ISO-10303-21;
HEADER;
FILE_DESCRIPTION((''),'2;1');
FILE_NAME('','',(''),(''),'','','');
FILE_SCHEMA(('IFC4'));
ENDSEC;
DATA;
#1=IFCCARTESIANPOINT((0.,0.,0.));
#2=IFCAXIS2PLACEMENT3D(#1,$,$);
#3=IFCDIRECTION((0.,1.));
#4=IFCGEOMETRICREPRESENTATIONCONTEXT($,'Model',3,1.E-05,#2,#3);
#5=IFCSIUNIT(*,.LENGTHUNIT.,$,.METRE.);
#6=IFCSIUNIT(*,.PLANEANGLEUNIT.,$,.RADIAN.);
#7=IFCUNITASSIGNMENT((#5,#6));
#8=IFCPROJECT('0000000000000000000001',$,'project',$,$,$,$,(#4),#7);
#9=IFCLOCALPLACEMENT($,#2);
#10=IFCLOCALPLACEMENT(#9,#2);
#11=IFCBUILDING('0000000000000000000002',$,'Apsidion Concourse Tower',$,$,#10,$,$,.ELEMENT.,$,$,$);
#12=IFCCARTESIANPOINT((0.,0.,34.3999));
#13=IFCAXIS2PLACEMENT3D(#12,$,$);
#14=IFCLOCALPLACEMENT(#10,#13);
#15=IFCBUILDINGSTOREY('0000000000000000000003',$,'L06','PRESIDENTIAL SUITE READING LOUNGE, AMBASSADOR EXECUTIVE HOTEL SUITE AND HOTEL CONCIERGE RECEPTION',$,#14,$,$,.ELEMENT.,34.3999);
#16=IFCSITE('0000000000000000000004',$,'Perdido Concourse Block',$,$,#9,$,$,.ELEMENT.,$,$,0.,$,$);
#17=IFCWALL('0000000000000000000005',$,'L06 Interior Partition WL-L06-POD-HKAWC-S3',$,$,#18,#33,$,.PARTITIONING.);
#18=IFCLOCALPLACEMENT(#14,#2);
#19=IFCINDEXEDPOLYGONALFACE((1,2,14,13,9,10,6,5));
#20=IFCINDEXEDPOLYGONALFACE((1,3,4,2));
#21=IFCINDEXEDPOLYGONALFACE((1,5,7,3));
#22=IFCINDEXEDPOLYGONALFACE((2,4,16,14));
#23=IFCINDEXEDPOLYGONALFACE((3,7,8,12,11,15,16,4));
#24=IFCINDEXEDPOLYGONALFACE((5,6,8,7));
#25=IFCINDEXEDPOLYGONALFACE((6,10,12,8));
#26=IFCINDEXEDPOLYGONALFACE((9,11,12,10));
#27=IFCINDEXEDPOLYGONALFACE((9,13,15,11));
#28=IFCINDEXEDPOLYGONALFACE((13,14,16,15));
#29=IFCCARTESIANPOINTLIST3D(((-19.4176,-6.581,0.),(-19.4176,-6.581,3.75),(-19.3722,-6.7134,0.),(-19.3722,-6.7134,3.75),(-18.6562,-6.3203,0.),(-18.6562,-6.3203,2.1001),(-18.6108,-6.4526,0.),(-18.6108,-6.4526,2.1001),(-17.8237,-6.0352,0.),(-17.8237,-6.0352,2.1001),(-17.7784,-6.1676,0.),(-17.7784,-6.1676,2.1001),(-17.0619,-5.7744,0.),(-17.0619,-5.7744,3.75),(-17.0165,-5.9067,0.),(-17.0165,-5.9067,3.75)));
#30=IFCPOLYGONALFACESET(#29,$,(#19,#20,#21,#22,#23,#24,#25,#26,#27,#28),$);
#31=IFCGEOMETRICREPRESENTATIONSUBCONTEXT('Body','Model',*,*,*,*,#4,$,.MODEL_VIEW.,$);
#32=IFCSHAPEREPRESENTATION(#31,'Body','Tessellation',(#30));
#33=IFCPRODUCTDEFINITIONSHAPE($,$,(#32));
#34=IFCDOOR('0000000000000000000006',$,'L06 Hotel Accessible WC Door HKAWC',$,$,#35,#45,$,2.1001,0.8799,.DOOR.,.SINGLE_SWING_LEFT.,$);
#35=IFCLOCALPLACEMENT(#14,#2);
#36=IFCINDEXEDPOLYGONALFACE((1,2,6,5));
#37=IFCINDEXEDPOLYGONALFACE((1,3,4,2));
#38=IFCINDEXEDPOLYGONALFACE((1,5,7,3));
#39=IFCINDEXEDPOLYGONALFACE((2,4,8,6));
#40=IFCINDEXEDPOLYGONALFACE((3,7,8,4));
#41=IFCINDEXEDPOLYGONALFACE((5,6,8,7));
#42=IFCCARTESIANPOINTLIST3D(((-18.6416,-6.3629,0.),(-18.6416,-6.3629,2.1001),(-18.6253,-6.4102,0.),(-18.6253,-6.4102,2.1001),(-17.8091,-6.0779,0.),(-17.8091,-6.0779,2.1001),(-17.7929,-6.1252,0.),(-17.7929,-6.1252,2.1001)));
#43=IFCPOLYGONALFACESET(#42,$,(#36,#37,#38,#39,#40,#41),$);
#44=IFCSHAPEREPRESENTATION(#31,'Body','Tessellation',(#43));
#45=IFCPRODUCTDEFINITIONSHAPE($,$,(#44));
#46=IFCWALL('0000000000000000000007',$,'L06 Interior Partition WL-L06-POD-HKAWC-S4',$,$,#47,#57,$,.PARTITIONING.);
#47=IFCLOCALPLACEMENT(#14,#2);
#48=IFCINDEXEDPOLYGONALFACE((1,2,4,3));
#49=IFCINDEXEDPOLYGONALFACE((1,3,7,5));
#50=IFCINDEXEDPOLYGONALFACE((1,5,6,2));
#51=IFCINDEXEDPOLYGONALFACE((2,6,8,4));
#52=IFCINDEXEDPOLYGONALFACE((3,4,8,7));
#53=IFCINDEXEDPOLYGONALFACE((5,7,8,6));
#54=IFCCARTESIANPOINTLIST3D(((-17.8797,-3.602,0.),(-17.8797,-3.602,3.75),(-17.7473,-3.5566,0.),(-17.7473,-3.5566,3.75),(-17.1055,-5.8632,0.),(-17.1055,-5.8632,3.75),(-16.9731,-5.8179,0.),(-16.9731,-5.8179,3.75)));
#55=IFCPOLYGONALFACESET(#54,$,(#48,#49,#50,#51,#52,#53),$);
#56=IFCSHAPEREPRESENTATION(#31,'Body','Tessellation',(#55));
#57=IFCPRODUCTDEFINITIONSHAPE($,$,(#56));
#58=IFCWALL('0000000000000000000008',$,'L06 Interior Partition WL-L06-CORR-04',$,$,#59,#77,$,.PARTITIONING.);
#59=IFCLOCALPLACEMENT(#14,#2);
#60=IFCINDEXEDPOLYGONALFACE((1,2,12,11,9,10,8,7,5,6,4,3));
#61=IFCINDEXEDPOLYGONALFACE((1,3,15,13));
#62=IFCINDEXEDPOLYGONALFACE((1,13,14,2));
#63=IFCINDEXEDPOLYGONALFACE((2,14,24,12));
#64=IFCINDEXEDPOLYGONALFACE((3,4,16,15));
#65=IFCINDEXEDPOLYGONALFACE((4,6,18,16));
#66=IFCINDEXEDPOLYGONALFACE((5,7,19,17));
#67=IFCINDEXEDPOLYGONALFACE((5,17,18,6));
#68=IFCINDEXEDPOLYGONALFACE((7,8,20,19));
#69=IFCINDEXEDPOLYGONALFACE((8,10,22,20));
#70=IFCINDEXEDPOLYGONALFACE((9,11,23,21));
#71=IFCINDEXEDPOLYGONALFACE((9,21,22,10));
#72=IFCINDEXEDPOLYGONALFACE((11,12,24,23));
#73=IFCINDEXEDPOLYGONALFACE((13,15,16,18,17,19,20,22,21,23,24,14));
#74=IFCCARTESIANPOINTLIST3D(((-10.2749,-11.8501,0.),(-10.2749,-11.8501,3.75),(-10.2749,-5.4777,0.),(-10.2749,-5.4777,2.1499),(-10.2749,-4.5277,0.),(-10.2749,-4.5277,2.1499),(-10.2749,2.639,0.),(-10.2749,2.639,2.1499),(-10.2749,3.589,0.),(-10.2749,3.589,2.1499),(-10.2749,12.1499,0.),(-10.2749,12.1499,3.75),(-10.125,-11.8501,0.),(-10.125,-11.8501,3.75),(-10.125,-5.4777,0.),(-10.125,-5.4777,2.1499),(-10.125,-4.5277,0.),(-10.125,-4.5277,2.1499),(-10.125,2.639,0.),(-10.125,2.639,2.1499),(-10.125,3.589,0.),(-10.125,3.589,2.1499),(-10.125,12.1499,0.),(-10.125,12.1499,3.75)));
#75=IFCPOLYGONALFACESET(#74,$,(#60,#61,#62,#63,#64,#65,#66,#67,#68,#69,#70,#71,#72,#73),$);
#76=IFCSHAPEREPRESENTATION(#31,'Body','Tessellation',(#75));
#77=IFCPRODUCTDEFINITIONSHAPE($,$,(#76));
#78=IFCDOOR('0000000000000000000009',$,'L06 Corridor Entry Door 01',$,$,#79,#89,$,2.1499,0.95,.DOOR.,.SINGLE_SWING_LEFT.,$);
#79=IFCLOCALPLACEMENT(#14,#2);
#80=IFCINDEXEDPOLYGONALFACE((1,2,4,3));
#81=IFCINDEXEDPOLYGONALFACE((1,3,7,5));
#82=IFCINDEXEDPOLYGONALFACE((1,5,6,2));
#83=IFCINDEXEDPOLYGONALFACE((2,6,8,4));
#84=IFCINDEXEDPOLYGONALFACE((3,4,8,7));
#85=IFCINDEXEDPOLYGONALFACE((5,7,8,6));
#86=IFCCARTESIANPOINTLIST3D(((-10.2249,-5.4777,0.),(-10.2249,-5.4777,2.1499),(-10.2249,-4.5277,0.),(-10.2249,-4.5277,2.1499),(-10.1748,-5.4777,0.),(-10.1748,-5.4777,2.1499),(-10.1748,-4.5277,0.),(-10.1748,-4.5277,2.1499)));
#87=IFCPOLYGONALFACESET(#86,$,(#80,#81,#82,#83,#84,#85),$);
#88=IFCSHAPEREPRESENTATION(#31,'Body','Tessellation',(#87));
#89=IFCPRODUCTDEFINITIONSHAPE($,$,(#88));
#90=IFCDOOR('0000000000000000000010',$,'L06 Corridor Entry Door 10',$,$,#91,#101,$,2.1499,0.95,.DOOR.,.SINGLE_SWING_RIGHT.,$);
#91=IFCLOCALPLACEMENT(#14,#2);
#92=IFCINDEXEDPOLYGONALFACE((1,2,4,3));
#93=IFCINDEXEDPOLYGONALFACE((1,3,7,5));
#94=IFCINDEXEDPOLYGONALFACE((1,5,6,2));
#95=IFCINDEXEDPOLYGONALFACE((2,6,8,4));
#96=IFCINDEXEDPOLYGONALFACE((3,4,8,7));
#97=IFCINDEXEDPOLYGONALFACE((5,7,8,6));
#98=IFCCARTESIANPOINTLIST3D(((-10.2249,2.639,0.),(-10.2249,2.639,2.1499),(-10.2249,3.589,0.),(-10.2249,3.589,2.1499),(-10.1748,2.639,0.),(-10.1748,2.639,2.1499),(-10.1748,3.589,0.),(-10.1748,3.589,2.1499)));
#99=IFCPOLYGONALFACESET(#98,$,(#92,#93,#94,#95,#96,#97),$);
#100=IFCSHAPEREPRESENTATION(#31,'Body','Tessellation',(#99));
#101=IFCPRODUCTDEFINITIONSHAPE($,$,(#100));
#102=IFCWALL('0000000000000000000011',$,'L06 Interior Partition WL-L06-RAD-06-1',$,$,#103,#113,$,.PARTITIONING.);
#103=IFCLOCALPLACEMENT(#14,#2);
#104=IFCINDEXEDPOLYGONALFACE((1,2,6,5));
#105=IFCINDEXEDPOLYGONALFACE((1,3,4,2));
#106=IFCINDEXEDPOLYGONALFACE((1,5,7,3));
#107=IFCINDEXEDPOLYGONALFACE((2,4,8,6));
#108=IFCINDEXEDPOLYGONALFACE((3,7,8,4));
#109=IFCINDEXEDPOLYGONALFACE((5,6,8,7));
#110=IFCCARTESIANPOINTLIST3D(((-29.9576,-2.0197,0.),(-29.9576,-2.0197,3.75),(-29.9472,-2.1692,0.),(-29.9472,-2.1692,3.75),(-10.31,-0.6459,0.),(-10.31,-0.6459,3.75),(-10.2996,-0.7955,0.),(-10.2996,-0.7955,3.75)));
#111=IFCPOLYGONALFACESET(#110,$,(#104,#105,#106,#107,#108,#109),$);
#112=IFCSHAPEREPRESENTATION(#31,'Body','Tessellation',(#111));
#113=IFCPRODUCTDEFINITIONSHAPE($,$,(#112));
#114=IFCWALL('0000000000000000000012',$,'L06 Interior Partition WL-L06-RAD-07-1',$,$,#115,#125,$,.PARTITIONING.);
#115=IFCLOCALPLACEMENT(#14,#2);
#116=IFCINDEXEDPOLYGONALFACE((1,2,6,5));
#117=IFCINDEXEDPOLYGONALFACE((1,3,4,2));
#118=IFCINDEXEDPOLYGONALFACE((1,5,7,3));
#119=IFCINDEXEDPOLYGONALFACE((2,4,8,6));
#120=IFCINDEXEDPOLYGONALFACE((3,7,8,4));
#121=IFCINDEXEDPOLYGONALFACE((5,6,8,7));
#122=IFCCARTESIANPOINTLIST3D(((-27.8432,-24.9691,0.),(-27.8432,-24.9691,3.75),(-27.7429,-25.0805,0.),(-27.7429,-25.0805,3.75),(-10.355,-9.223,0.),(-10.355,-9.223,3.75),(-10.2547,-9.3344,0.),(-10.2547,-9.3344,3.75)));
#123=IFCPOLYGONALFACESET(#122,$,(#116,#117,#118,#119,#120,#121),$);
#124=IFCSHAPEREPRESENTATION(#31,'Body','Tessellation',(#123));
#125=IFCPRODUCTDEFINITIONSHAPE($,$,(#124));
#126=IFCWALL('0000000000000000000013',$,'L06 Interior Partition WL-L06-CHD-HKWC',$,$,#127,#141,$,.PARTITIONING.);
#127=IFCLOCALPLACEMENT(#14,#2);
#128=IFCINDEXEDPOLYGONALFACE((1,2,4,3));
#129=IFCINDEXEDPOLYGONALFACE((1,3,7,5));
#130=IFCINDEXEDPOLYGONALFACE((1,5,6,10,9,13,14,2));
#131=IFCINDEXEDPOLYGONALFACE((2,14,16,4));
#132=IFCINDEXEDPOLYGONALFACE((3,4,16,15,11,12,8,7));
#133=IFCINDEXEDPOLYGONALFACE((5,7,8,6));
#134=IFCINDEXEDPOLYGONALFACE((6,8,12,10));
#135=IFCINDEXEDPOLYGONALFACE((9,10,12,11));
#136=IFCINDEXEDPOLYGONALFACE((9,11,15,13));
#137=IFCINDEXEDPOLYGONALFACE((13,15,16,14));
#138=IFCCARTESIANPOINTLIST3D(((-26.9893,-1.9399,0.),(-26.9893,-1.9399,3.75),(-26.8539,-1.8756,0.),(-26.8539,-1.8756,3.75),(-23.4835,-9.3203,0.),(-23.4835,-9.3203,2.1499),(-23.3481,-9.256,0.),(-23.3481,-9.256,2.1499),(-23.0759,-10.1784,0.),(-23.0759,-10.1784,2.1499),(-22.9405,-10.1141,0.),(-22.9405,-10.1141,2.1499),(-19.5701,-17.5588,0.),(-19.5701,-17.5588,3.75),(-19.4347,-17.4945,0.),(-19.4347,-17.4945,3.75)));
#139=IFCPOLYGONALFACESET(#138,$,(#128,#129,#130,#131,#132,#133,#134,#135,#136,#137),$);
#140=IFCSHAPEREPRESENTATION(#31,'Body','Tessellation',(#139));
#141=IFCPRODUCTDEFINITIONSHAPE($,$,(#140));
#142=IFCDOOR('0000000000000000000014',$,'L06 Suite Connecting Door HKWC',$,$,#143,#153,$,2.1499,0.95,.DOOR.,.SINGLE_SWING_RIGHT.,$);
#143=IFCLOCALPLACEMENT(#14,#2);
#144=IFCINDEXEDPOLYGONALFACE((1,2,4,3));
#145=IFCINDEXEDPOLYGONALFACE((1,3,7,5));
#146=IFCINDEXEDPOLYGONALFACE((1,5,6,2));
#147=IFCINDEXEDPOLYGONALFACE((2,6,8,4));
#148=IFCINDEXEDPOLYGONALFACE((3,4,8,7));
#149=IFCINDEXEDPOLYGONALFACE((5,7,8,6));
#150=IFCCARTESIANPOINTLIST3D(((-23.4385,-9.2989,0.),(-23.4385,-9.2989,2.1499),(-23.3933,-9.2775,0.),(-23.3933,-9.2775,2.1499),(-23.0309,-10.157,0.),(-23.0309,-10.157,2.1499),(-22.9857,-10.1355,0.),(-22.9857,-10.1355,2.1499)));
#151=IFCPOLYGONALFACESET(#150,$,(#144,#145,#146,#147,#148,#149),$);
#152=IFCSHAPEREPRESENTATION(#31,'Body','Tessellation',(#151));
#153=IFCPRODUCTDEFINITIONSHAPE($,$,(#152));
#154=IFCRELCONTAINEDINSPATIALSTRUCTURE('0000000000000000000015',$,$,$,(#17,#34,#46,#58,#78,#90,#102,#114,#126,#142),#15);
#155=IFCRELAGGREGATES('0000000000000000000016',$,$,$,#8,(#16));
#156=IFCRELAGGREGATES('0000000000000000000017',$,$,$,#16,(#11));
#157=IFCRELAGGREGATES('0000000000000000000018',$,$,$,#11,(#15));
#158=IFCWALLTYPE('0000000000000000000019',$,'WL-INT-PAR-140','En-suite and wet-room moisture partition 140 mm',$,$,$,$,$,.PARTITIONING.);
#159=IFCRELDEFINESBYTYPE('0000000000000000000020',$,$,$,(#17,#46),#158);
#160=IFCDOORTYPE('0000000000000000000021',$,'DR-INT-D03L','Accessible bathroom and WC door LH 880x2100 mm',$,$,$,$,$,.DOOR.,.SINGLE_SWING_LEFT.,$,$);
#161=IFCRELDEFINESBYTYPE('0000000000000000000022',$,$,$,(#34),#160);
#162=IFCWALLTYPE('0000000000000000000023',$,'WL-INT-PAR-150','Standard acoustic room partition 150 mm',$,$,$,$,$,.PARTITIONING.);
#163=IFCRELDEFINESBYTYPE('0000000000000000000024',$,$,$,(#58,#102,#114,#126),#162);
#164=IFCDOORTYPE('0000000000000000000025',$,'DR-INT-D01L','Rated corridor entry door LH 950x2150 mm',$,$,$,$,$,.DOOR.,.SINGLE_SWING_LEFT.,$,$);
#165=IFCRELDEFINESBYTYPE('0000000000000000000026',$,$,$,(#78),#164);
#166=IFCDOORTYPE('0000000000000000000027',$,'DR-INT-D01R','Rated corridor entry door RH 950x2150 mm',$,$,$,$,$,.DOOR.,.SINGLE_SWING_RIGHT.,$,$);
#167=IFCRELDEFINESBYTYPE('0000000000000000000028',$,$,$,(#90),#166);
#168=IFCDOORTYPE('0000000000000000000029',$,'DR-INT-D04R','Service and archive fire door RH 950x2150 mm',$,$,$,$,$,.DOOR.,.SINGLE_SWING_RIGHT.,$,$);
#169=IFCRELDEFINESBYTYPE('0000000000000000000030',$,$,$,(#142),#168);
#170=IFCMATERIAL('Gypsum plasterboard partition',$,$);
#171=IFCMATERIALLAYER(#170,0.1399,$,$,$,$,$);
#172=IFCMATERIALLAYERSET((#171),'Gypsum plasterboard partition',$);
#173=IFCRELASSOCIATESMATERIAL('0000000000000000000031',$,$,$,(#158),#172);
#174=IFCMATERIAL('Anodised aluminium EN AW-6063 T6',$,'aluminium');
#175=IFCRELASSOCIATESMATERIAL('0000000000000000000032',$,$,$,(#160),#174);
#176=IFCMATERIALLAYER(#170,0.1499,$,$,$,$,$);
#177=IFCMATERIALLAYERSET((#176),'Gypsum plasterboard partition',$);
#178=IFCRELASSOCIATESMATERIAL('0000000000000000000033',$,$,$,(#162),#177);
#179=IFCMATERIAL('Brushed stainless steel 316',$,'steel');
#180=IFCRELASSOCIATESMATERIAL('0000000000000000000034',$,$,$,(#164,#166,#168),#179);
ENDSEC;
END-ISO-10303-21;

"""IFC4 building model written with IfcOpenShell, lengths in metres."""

from ifc_helpers import new_model, si_unit, direction, frame, frame_2d, origin, place, context, subcontext, project, spatial, rectangle, extrude, material, layer, layer_set, type_object, element, fill, save


model = new_model("IFC4")

# Units and contexts
model_context = context("Model", 3, precision=1e-05, world=origin(), true_north=direction((0.0, 1.0)))
body_context = subcontext(model_context, "Body", "Model", "MODEL_VIEW")
ifc_project = project(units=[si_unit("LENGTHUNIT", "METRE"), si_unit("PLANEANGLEUNIT", "RADIAN")], contexts=[model_context])

# Site, building, storey
site_placement = place(None, origin())
site = spatial("IfcSite", under=ifc_project, at=site_placement, Name="Perdido Concourse Block", CompositionType="ELEMENT", RefElevation=0.0)
building_placement = place(site_placement, origin())
building = spatial("IfcBuilding", under=site, at=building_placement, Name="Apsidion Concourse Tower", CompositionType="ELEMENT")
storey_placement = place(building_placement, frame((0.0, 0.0, 34.3999)))
storey = spatial("IfcBuildingStorey", under=building, at=storey_placement, Name="L06", Description="PRESIDENTIAL SUITE READING LOUNGE, AMBASSADOR EXECUTIVE HOTEL SUITE AND HOTEL CONCIERGE RECEPTION", CompositionType="ELEMENT", Elevation=34.3999)

# Shared definitions
ifc_material_1 = material(Name="Anodised aluminium EN AW-6063 T6", Category="aluminium")

# Shared definitions
ifc_material_2 = material(Name="Gypsum plasterboard partition")
ifc_layer_1 = layer(ifc_material_2, 0.1399)
ifc_layer_set_1 = layer_set([ifc_layer_1], Name="Gypsum plasterboard partition")
wall_type_1 = type_object("IfcWallType", Name="WL-INT-PAR-140", Description="En-suite and wet-room moisture partition 140 mm", PredefinedType="PARTITIONING", material=ifc_layer_set_1)

# Wall, opening, door
wall_1_placement = place(storey_placement, frame((-19.395, -6.6472, 0.0), z_axis=(0.0, 0.0, 1.0), x_axis=(0.946073, 0.323953, 0.0)))
wall_1 = element("IfcWall", 1, at=wall_1_placement, inside=storey, type_object=wall_type_1, Name="L06 Interior Partition WL-L06-POD-HKAWC-S3", PredefinedType="PARTITIONING", context=body_context, shape_type="SweptSolid", body=[
    extrude(rectangle(XDim=2.49, YDim=0.1399, at=frame_2d((1.2451, 0.0))), origin(), (0.0, 0.0, 1.0), 3.75),
])
opening_1_placement = place(wall_1_placement, frame((0.8049, 0.0, 0.0)))
opening_1 = element("IfcOpeningElement", 2, at=opening_1_placement, cuts=wall_1, PredefinedType="OPENING", context=body_context, shape_type="SweptSolid", body=[
    extrude(rectangle(XDim=0.8799, YDim=2.1001, at=frame_2d((0.4399, 1.05))), frame((0.0, 0.0801, 0.0), z_axis=(0.0, -1.0, 0.0), x_axis=(1.0, 0.0, 0.0)), (0.0, 0.0, 1.0), 0.1599),
])
door_type_1 = type_object("IfcDoorType", Name="DR-INT-D03L", Description="Accessible bathroom and WC door LH 880x2100 mm", OperationType="SINGLE_SWING_LEFT", PredefinedType="DOOR", material=ifc_material_1)
door_1_placement = place(opening_1_placement, origin())
door_1 = element("IfcDoor", 3, at=door_1_placement, inside=storey, type_object=door_type_1, Name="L06 Hotel Accessible WC Door HKAWC", OperationType="SINGLE_SWING_LEFT", OverallHeight=2.1001, OverallWidth=0.8799, PredefinedType="DOOR", context=body_context, shape_type="SweptSolid", body=[
    extrude(rectangle(XDim=0.8799, YDim=2.1001, at=frame_2d((0.4399, 1.05))), frame((0.0, 0.0249, 0.0), z_axis=(0.0, -1.0, 0.0), x_axis=(1.0, 0.0, 0.0)), (0.0, 0.0, 1.0), 0.05),
])
fill(opening_1, door_1)

# Wall
wall_2_placement = place(storey_placement, frame((-17.0393, -5.8406, 0.0), z_axis=(0.0, 0.0, 1.0), x_axis=(-0.323909, 0.946088, 0.0)))
element("IfcWall", 4, at=wall_2_placement, inside=storey, type_object=wall_type_1, Name="L06 Interior Partition WL-L06-POD-HKAWC-S4", PredefinedType="PARTITIONING", context=body_context, shape_type="SweptSolid", body=[
    extrude(rectangle(XDim=2.3901, YDim=0.1399, at=frame_2d((1.1951, 0.0))), origin(), (0.0, 0.0, 1.0), 3.75),
])

# Wall, openings, doors
ifc_layer_2 = layer(ifc_material_2, 0.1499)
ifc_layer_set_2 = layer_set([ifc_layer_2], Name="Gypsum plasterboard partition")
wall_type_2 = type_object("IfcWallType", Name="WL-INT-PAR-150", Description="Standard acoustic room partition 150 mm", PredefinedType="PARTITIONING", material=ifc_layer_set_2)
wall_3_placement = place(storey_placement, frame((-10.2, -11.8501, 0.0), z_axis=(0.0, 0.0, 1.0), x_axis=(0.0, 1.0, 0.0)))
wall_3 = element("IfcWall", 5, at=wall_3_placement, inside=storey, type_object=wall_type_2, Name="L06 Interior Partition WL-L06-CORR-04", PredefinedType="PARTITIONING", context=body_context, shape_type="SweptSolid", body=[
    extrude(rectangle(XDim=24.0, YDim=0.1499, at=frame_2d((12.0, 0.0))), origin(), (0.0, 0.0, 1.0), 3.75),
])
opening_2_placement = place(wall_3_placement, frame((6.3723, 0.0, 0.0)))
opening_2 = element("IfcOpeningElement", 6, at=opening_2_placement, cuts=wall_3, PredefinedType="OPENING", context=body_context, shape_type="SweptSolid", body=[
    extrude(rectangle(XDim=0.95, YDim=2.1499, at=frame_2d((0.4751, 1.075))), frame((0.0, 0.085, 0.0), z_axis=(0.0, -1.0, 0.0), x_axis=(1.0, 0.0, 0.0)), (0.0, 0.0, 1.0), 0.1699),
])
opening_3_placement = place(wall_3_placement, frame((14.489, 0.0, 0.0)))
opening_3 = element("IfcOpeningElement", 7, at=opening_3_placement, cuts=wall_3, PredefinedType="OPENING", context=body_context, shape_type="SweptSolid", body=[
    extrude(rectangle(XDim=0.95, YDim=2.1499, at=frame_2d((0.4751, 1.075))), frame((0.0, 0.085, 0.0), z_axis=(0.0, -1.0, 0.0), x_axis=(1.0, 0.0, 0.0)), (0.0, 0.0, 1.0), 0.1699),
])
ifc_material_3 = material(Name="Brushed stainless steel 316", Category="steel")
door_type_2 = type_object("IfcDoorType", Name="DR-INT-D01L", Description="Rated corridor entry door LH 950x2150 mm", OperationType="SINGLE_SWING_LEFT", PredefinedType="DOOR", material=ifc_material_3)
door_2_placement = place(opening_2_placement, origin())
door_2 = element("IfcDoor", 8, at=door_2_placement, inside=storey, type_object=door_type_2, Name="L06 Corridor Entry Door 01", OperationType="SINGLE_SWING_LEFT", OverallHeight=2.1499, OverallWidth=0.95, PredefinedType="DOOR", context=body_context, shape_type="SweptSolid", body=[
    extrude(rectangle(XDim=0.95, YDim=2.1499, at=frame_2d((0.4751, 1.075))), frame((0.0, 0.0249, 0.0), z_axis=(0.0, -1.0, 0.0), x_axis=(1.0, 0.0, 0.0)), (0.0, 0.0, 1.0), 0.05),
])
fill(opening_2, door_2)
door_type_3 = type_object("IfcDoorType", Name="DR-INT-D01R", Description="Rated corridor entry door RH 950x2150 mm", OperationType="SINGLE_SWING_RIGHT", PredefinedType="DOOR", material=ifc_material_3)
door_3_placement = place(opening_3_placement, origin())
door_3 = element("IfcDoor", 9, at=door_3_placement, inside=storey, type_object=door_type_3, Name="L06 Corridor Entry Door 10", OperationType="SINGLE_SWING_RIGHT", OverallHeight=2.1499, OverallWidth=0.95, PredefinedType="DOOR", context=body_context, shape_type="SweptSolid", body=[
    extrude(rectangle(XDim=0.95, YDim=2.1499, at=frame_2d((0.4751, 1.075))), frame((0.0, 0.0249, 0.0), z_axis=(0.0, -1.0, 0.0), x_axis=(1.0, 0.0, 0.0)), (0.0, 0.0, 1.0), 0.05),
])
fill(opening_3, door_3)

# Walls
wall_4_placement = place(storey_placement, frame((-10.3049, -0.7207, 0.0), z_axis=(0.0, 0.0, 1.0), x_axis=(-0.997564, -0.06975, 0.0)))
element("IfcWall", 10, at=wall_4_placement, inside=storey, type_object=wall_type_2, Name="L06 Interior Partition WL-L06-RAD-06-1", PredefinedType="PARTITIONING", context=body_context, shape_type="SweptSolid", body=[
    extrude(rectangle(XDim=19.6956, YDim=0.1499, at=frame_2d((9.8477, 0.0))), origin(), (0.0, 0.0, 1.0), 3.75),
])
wall_5_placement = place(storey_placement, frame((-10.3049, -9.2788, 0.0), z_axis=(0.0, 0.0, 1.0), x_axis=(-0.743154, -0.669121, 0.0)))
element("IfcWall", 11, at=wall_5_placement, inside=storey, type_object=wall_type_2, Name="L06 Interior Partition WL-L06-RAD-07-1", PredefinedType="PARTITIONING", context=body_context, shape_type="SweptSolid", body=[
    extrude(rectangle(XDim=23.5325, YDim=0.1499, at=frame_2d((11.7661, 0.0))), origin(), (0.0, 0.0, 1.0), 3.75),
])

# Wall, opening, door
wall_6_placement = place(storey_placement, frame((-26.9216, -1.9077, 0.0), z_axis=(0.0, 0.0, 1.0), x_axis=(0.429067, -0.903273, 0.0)))
wall_6 = element("IfcWall", 12, at=wall_6_placement, inside=storey, type_object=wall_type_2, Name="L06 Interior Partition WL-L06-CHD-HKWC", PredefinedType="PARTITIONING", context=body_context, shape_type="SweptSolid", body=[
    extrude(rectangle(XDim=17.2915, YDim=0.1499, at=frame_2d((8.6458, 0.0))), origin(), (0.0, 0.0, 1.0), 3.75),
])
opening_4_placement = place(wall_6_placement, frame((8.1707, 0.0, 0.0)))
opening_4 = element("IfcOpeningElement", 13, at=opening_4_placement, cuts=wall_6, PredefinedType="OPENING", context=body_context, shape_type="SweptSolid", body=[
    extrude(rectangle(XDim=0.95, YDim=2.1499, at=frame_2d((0.4751, 1.075))), frame((0.0, 0.085, 0.0), z_axis=(0.0, -1.0, 0.0), x_axis=(1.0, 0.0, 0.0)), (0.0, 0.0, 1.0), 0.1699),
])
door_type_4 = type_object("IfcDoorType", Name="DR-INT-D04R", Description="Service and archive fire door RH 950x2150 mm", OperationType="SINGLE_SWING_RIGHT", PredefinedType="DOOR", material=ifc_material_3)
door_4_placement = place(opening_4_placement, origin())
door_4 = element("IfcDoor", 14, at=door_4_placement, inside=storey, type_object=door_type_4, Name="L06 Suite Connecting Door HKWC", OperationType="SINGLE_SWING_RIGHT", OverallHeight=2.1499, OverallWidth=0.95, PredefinedType="DOOR", context=body_context, shape_type="SweptSolid", body=[
    extrude(rectangle(XDim=0.95, YDim=2.1499, at=frame_2d((0.4751, 1.075))), frame((0.0, 0.0249, 0.0), z_axis=(0.0, -1.0, 0.0), x_axis=(1.0, 0.0, 0.0)), (0.0, 0.0, 1.0), 0.05),
])
fill(opening_4, door_4)

save(model, "model.ifc")
